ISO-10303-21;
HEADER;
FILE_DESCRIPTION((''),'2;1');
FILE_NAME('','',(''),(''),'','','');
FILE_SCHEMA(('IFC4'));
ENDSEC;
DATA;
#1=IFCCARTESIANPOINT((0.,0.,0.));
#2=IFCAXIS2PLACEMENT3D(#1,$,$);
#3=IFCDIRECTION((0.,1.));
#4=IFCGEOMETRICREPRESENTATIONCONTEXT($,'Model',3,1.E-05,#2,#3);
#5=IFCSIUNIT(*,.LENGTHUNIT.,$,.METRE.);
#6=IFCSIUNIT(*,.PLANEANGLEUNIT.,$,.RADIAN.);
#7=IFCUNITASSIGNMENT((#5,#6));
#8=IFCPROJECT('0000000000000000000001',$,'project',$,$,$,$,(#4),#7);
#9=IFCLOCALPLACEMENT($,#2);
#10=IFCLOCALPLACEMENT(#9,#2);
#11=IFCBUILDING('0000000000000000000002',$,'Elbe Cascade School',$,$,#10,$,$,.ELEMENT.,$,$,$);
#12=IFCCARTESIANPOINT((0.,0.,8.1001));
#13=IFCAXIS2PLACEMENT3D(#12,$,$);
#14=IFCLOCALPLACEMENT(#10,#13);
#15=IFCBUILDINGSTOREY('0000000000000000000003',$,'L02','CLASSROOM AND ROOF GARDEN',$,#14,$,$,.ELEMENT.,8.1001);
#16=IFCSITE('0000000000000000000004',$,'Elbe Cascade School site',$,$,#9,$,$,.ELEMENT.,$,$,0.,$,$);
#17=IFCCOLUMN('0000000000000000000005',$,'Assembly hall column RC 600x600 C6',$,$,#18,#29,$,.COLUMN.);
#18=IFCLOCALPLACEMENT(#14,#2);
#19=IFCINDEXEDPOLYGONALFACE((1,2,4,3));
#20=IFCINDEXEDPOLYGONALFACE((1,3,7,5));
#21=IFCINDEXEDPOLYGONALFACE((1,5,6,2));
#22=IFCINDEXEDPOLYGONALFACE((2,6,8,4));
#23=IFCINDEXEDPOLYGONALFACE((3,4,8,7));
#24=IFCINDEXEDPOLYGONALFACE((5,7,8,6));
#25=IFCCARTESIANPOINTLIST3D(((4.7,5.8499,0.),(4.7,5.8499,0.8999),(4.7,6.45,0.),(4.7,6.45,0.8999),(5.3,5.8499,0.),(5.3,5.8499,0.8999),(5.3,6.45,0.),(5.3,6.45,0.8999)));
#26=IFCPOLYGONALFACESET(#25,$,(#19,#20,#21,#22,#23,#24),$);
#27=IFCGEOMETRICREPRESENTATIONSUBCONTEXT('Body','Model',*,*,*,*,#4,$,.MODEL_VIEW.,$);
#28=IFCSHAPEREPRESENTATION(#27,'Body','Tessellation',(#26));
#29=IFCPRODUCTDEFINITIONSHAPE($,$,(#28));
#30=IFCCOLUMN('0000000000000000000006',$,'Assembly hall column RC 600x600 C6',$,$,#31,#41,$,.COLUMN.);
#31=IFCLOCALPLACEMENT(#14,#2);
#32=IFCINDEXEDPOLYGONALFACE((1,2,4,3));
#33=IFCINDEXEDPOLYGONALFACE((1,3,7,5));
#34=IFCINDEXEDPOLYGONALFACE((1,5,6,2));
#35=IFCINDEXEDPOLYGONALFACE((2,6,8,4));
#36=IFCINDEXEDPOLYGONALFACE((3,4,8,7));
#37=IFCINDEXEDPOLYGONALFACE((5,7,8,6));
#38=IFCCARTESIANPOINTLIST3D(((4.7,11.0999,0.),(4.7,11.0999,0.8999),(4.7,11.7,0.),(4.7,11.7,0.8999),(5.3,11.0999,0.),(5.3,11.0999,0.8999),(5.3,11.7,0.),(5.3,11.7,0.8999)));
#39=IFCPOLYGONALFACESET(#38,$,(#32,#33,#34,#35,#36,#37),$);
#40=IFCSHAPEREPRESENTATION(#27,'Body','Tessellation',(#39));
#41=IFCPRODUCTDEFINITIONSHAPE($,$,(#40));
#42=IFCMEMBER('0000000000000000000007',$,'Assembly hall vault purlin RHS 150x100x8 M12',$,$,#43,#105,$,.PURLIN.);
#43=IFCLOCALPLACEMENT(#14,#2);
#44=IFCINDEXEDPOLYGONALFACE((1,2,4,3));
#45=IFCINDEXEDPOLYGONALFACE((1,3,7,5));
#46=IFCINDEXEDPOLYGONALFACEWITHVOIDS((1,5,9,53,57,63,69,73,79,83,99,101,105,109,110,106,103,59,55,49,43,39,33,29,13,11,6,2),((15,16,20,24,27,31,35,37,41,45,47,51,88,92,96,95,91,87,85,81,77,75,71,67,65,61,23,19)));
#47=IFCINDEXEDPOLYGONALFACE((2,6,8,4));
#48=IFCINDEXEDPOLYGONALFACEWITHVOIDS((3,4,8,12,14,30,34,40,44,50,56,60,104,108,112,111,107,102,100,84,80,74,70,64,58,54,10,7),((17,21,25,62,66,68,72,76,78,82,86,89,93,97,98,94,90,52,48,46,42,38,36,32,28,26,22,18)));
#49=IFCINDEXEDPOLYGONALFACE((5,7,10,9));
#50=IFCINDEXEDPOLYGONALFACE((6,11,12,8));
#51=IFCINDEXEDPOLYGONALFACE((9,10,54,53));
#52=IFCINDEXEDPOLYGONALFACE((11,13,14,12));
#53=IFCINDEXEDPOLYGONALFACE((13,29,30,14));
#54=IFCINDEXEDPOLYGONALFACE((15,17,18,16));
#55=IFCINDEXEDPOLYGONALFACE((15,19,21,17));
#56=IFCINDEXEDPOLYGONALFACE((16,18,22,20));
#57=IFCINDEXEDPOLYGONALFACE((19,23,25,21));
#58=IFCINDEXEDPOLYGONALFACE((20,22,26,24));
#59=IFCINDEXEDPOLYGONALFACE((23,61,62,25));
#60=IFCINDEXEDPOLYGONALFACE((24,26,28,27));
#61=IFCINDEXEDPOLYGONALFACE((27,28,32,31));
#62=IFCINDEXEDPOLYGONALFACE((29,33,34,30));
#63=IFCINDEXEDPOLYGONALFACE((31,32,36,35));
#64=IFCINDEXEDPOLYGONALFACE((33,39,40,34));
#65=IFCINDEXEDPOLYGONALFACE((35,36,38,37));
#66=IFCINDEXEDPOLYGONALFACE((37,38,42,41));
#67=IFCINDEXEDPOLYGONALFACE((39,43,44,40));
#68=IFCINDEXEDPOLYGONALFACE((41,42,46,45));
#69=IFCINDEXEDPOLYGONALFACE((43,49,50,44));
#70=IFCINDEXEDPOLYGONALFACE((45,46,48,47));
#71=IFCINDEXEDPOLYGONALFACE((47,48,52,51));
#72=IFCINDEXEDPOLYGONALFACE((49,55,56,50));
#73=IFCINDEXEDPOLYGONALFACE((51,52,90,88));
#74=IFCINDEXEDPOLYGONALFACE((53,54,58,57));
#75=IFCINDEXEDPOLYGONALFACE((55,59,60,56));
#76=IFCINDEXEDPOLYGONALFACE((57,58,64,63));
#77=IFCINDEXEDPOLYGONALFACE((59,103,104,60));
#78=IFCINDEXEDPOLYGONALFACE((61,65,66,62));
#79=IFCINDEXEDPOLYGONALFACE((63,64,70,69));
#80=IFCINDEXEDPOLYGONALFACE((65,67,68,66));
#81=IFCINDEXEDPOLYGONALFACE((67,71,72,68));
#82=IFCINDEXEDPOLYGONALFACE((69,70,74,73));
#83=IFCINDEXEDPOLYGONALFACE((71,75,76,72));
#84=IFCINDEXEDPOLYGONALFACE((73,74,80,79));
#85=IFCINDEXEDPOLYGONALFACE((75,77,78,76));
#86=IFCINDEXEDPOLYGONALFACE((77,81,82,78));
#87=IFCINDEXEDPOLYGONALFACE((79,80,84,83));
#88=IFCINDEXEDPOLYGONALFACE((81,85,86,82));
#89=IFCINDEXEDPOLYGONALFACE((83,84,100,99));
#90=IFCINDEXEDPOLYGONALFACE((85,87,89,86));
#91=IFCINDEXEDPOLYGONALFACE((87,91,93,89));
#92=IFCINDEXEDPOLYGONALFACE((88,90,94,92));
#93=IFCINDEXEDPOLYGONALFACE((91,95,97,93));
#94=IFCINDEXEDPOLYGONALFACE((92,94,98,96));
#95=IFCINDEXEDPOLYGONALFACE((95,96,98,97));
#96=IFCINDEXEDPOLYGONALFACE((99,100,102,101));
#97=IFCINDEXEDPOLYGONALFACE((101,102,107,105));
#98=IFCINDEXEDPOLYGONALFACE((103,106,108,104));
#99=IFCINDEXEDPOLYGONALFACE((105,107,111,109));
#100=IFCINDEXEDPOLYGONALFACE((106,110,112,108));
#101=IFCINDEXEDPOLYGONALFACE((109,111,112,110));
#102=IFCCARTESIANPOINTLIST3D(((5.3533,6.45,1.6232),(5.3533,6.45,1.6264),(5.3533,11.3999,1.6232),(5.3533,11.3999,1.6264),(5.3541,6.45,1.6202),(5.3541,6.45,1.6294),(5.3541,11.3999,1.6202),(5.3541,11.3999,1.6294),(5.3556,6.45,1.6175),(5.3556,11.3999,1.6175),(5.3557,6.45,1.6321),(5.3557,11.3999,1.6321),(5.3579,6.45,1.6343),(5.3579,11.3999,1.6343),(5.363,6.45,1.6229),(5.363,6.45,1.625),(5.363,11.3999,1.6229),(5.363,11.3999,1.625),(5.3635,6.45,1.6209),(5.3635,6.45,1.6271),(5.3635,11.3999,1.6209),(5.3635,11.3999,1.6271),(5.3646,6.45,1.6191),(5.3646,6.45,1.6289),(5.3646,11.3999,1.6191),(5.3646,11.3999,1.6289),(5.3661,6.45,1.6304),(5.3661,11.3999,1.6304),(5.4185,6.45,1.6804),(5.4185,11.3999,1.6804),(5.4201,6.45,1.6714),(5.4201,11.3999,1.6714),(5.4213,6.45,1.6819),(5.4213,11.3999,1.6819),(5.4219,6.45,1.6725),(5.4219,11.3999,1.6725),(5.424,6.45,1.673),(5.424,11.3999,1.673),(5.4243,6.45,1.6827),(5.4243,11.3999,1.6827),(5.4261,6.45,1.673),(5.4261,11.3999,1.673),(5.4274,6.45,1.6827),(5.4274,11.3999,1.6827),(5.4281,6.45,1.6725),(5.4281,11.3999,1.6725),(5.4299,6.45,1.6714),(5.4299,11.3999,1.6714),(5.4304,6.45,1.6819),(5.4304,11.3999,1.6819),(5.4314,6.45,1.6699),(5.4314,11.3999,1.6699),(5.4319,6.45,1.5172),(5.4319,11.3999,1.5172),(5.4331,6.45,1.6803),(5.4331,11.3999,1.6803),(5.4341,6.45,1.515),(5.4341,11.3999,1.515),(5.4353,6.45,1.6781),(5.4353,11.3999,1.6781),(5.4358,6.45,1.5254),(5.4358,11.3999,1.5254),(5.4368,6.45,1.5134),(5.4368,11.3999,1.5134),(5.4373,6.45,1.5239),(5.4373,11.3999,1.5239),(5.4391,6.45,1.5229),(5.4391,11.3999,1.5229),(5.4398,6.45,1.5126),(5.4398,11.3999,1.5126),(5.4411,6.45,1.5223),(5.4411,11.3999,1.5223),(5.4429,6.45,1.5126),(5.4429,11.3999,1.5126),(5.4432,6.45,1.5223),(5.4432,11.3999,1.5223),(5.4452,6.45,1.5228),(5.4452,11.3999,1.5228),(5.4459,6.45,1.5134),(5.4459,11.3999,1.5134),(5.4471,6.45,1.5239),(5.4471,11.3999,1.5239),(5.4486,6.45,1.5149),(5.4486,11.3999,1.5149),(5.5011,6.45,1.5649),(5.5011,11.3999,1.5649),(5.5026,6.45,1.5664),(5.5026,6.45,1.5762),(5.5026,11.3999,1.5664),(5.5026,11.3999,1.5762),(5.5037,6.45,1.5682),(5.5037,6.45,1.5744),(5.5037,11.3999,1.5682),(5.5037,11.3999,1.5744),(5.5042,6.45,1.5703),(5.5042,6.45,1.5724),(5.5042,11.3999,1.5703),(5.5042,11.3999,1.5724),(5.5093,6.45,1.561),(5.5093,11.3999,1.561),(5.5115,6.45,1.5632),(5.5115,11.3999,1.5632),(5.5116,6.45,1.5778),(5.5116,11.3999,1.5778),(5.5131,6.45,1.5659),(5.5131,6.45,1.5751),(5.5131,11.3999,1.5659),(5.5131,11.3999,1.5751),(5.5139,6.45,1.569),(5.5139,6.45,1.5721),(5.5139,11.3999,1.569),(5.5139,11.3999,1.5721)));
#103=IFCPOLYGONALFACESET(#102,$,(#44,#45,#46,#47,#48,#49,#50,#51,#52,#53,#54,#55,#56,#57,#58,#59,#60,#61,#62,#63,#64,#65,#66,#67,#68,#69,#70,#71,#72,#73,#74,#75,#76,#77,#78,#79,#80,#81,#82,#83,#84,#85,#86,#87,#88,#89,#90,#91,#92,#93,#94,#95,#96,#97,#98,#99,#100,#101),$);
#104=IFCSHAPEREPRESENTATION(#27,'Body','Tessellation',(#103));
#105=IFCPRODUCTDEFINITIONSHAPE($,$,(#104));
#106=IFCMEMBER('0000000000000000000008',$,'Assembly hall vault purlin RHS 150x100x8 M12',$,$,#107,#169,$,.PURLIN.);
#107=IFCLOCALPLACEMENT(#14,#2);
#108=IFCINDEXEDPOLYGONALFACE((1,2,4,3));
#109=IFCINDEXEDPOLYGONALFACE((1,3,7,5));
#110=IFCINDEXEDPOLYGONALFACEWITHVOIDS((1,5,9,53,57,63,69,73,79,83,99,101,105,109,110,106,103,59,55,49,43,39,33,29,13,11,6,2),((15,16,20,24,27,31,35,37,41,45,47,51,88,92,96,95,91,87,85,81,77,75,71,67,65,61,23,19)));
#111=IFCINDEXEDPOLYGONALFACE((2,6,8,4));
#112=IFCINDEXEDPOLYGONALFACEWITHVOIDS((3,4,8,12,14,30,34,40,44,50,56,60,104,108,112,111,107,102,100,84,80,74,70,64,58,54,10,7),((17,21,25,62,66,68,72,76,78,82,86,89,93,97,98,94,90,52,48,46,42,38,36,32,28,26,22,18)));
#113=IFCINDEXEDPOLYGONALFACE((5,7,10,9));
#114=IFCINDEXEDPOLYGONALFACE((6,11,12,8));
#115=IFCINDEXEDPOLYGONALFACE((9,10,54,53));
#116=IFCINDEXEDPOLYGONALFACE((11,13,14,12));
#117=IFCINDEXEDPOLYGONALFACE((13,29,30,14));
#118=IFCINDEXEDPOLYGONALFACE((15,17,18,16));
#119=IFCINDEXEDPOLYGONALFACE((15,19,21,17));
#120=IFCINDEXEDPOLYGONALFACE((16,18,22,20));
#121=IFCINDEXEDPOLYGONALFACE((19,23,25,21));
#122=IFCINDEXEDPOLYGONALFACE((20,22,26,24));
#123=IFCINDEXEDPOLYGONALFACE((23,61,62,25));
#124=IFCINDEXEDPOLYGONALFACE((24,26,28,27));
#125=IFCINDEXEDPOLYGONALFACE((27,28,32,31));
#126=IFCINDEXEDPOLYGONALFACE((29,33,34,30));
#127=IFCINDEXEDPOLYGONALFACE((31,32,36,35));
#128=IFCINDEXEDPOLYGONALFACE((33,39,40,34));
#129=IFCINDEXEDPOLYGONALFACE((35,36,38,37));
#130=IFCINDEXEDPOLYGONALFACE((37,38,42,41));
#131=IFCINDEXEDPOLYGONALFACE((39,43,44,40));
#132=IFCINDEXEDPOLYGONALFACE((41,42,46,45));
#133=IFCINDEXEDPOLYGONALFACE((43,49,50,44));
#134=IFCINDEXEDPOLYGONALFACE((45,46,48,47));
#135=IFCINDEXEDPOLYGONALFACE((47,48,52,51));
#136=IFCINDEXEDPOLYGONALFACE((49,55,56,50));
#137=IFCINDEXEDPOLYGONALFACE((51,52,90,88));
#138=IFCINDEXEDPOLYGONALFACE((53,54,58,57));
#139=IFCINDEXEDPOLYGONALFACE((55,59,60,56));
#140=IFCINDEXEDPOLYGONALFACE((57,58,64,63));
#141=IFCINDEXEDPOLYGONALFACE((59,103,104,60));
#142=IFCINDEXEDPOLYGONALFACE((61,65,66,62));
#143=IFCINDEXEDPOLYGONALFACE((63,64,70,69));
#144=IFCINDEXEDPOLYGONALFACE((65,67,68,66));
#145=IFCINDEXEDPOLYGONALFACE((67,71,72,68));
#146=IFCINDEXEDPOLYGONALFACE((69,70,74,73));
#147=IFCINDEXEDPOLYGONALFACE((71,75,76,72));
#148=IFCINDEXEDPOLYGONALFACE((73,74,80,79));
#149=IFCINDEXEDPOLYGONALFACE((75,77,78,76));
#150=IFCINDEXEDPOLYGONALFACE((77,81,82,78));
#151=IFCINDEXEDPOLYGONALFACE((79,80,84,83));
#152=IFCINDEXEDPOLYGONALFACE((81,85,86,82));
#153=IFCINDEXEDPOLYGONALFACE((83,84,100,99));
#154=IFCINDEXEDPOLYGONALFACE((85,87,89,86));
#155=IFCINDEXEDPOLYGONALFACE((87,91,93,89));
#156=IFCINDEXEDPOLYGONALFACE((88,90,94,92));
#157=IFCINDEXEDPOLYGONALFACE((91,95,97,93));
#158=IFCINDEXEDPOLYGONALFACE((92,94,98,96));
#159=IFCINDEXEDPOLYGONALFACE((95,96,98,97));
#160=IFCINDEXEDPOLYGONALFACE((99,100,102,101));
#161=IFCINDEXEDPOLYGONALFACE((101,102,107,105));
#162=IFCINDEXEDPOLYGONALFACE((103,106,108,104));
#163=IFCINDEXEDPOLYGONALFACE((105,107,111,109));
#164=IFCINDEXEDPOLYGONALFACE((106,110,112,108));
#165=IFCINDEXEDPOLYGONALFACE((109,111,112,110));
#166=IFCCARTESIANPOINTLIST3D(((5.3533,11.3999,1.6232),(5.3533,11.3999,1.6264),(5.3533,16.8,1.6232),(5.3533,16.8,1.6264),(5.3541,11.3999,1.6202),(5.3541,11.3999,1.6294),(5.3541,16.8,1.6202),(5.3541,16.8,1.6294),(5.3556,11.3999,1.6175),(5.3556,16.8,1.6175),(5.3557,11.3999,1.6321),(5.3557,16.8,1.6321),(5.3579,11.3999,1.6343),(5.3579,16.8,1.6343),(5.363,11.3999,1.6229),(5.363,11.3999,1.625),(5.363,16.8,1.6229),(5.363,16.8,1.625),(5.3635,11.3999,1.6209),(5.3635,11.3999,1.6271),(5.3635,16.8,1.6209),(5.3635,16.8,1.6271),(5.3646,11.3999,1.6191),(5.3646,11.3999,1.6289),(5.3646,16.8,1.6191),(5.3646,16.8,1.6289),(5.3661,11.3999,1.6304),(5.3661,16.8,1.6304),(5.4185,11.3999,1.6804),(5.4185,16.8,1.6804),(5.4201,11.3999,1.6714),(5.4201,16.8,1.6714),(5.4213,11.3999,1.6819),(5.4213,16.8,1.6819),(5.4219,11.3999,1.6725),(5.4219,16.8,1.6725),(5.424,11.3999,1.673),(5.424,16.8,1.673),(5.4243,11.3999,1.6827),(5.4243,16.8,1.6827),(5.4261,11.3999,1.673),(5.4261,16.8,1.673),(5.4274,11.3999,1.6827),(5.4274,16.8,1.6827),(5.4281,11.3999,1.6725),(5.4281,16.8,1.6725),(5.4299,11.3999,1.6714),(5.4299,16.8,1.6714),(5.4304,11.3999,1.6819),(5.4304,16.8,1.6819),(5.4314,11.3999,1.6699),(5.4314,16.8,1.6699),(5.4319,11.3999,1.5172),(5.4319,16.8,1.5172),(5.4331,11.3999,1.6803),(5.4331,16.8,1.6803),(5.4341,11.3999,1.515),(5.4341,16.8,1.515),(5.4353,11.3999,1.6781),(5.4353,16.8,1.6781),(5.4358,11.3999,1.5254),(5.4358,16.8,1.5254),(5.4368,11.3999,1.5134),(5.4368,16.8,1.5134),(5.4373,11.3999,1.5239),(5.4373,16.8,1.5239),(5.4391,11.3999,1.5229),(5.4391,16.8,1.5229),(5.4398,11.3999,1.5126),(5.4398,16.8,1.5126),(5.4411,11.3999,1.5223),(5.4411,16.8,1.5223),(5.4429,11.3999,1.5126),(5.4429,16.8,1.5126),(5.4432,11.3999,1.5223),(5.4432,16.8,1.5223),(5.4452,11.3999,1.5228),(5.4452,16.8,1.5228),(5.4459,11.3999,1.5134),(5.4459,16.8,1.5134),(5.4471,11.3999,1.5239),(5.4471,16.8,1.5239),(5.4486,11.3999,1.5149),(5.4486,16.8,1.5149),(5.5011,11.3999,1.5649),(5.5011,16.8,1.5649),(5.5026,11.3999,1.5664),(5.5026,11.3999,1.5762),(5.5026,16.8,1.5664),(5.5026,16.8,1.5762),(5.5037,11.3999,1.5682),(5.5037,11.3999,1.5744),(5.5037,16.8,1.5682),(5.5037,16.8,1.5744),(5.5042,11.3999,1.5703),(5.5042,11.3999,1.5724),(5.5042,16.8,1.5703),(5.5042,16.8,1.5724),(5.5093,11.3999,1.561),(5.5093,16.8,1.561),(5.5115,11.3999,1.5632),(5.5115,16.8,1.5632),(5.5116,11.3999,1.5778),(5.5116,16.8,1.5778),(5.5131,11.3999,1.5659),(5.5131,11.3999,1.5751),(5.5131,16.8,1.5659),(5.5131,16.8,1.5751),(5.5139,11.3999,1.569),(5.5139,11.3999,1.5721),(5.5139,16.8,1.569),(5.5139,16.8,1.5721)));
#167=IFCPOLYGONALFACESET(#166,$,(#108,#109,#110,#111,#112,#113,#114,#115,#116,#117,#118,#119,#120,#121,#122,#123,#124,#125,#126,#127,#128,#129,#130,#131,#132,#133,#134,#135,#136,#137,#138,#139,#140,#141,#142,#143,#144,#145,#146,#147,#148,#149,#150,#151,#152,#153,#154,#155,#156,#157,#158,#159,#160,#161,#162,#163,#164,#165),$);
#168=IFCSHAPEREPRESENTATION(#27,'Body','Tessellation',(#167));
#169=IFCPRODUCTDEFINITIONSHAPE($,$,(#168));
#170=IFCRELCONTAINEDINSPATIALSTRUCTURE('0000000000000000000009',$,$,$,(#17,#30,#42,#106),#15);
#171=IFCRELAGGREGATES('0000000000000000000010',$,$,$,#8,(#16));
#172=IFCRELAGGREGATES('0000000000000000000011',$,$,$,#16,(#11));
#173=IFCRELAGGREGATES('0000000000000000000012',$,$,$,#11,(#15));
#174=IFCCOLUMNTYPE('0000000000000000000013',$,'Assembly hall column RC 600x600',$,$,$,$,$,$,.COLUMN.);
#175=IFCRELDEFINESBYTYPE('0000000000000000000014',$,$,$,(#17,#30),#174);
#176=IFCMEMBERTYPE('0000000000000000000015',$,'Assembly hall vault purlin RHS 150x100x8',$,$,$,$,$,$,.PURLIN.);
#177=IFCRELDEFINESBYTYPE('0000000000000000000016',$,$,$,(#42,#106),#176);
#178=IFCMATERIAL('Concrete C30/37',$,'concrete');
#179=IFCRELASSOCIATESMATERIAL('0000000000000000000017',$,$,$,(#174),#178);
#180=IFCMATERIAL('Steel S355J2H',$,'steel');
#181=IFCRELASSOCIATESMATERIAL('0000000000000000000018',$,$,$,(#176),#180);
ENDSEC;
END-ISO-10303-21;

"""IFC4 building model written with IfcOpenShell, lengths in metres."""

from ifc_helpers import new_model, si_unit, direction, frame, origin, origin_2d, place, context, subcontext, project, spatial, rectangle, hollow_rectangle, extrude, material, material_profile, profile_set, type_object, element, save


model = new_model("IFC4")

# Units and contexts
model_context = context("Model", 3, precision=1e-05, world=origin(), true_north=direction((0.0, 1.0)))
body_context = subcontext(model_context, "Body", "Model", "MODEL_VIEW")
ifc_project = project(units=[si_unit("LENGTHUNIT", "METRE"), si_unit("PLANEANGLEUNIT", "RADIAN")], contexts=[model_context])

# Site, building, storey
site_placement = place(None, origin())
site = spatial("IfcSite", under=ifc_project, at=site_placement, Name="Elbe Cascade School site", CompositionType="ELEMENT", RefElevation=0.0)
building_placement = place(site_placement, origin())
building = spatial("IfcBuilding", under=site, at=building_placement, Name="Elbe Cascade School", CompositionType="ELEMENT")
storey_placement = place(building_placement, frame((0.0, 0.0, 8.1001)))
storey = spatial("IfcBuildingStorey", under=building, at=storey_placement, Name="L02", Description="CLASSROOM AND ROOF GARDEN", CompositionType="ELEMENT", Elevation=8.1001)

# Columns
ifc_material_1 = material(Name="Concrete C30/37", Category="concrete")
ifc_material_profile_1 = material_profile(ifc_material_1, rectangle(XDim=0.6001, YDim=0.6001, at=origin_2d()), Name="RC 600x600")
ifc_profile_set_1 = profile_set([ifc_material_profile_1], Name="Concrete C30/37")
column_type = type_object("IfcColumnType", Name="Assembly hall column RC 600x600", PredefinedType="COLUMN", material=ifc_profile_set_1)
for number, where, z_axis, x_axis, name in (
    (1, (5.0, 6.1499, 0.0), (0.0, 0.0, 1.0), (1.0, 0.0, 0.0), "Assembly hall column RC 600x600 C6"),
    (2, (5.0, 11.3999, 0.0), (0.0, 0.0, 1.0), (1.0, 0.0, 0.0), "Assembly hall column RC 600x600 C6"),
):
    element("IfcColumn", number, at=place(storey_placement, frame(where, z_axis=z_axis, x_axis=x_axis)), inside=storey, type_object=column_type, Name=name, PredefinedType="COLUMN", context=body_context, shape_type="SweptSolid", body=[
        extrude(rectangle(XDim=0.6001, YDim=0.6001, at=origin_2d()), origin(), (0.0, 0.0, 1.0), 0.8999),
    ])

# Members
ifc_material_2 = material(Name="Steel S355J2H", Category="steel")
ifc_material_profile_2 = material_profile(ifc_material_2, hollow_rectangle(XDim=0.1001, YDim=0.1499, WallThickness=0.0081, InnerFilletRadius=0.0081, OuterFilletRadius=0.012, at=origin_2d()), Name="RHS 150x100x8")
ifc_profile_set_2 = profile_set([ifc_material_profile_2], Name="Steel S355J2H")
member_type_1 = type_object("IfcMemberType", Name="Assembly hall vault purlin RHS 150x100x8", PredefinedType="PURLIN", material=ifc_profile_set_2)
member_1_placement = place(storey_placement, frame((5.4336, 6.45, 1.5977), z_axis=(0.0, 1.0, 0.0), x_axis=(-0.795996, 0.0, -0.605302)))
element("IfcMember", 3, at=member_1_placement, inside=storey, type_object=member_type_1, Name="Assembly hall vault purlin RHS 150x100x8 M12", PredefinedType="PURLIN", context=body_context, shape_type="SweptSolid", body=[
    extrude(hollow_rectangle(XDim=0.1001, YDim=0.1499, WallThickness=0.0081, InnerFilletRadius=0.0081, OuterFilletRadius=0.012, at=origin_2d()), origin(), (0.0, 0.0, 1.0), 4.95),
])
member_2_placement = place(storey_placement, frame((5.4336, 11.3999, 1.5977), z_axis=(0.0, 1.0, 0.0), x_axis=(-0.795996, 0.0, -0.605302)))
element("IfcMember", 4, at=member_2_placement, inside=storey, type_object=member_type_1, Name="Assembly hall vault purlin RHS 150x100x8 M12", PredefinedType="PURLIN", context=body_context, shape_type="SweptSolid", body=[
    extrude(hollow_rectangle(XDim=0.1001, YDim=0.1499, WallThickness=0.0081, InnerFilletRadius=0.0081, OuterFilletRadius=0.012, at=origin_2d()), origin(), (0.0, 0.0, 1.0), 5.4001),
])

save(model, "model.ifc")
